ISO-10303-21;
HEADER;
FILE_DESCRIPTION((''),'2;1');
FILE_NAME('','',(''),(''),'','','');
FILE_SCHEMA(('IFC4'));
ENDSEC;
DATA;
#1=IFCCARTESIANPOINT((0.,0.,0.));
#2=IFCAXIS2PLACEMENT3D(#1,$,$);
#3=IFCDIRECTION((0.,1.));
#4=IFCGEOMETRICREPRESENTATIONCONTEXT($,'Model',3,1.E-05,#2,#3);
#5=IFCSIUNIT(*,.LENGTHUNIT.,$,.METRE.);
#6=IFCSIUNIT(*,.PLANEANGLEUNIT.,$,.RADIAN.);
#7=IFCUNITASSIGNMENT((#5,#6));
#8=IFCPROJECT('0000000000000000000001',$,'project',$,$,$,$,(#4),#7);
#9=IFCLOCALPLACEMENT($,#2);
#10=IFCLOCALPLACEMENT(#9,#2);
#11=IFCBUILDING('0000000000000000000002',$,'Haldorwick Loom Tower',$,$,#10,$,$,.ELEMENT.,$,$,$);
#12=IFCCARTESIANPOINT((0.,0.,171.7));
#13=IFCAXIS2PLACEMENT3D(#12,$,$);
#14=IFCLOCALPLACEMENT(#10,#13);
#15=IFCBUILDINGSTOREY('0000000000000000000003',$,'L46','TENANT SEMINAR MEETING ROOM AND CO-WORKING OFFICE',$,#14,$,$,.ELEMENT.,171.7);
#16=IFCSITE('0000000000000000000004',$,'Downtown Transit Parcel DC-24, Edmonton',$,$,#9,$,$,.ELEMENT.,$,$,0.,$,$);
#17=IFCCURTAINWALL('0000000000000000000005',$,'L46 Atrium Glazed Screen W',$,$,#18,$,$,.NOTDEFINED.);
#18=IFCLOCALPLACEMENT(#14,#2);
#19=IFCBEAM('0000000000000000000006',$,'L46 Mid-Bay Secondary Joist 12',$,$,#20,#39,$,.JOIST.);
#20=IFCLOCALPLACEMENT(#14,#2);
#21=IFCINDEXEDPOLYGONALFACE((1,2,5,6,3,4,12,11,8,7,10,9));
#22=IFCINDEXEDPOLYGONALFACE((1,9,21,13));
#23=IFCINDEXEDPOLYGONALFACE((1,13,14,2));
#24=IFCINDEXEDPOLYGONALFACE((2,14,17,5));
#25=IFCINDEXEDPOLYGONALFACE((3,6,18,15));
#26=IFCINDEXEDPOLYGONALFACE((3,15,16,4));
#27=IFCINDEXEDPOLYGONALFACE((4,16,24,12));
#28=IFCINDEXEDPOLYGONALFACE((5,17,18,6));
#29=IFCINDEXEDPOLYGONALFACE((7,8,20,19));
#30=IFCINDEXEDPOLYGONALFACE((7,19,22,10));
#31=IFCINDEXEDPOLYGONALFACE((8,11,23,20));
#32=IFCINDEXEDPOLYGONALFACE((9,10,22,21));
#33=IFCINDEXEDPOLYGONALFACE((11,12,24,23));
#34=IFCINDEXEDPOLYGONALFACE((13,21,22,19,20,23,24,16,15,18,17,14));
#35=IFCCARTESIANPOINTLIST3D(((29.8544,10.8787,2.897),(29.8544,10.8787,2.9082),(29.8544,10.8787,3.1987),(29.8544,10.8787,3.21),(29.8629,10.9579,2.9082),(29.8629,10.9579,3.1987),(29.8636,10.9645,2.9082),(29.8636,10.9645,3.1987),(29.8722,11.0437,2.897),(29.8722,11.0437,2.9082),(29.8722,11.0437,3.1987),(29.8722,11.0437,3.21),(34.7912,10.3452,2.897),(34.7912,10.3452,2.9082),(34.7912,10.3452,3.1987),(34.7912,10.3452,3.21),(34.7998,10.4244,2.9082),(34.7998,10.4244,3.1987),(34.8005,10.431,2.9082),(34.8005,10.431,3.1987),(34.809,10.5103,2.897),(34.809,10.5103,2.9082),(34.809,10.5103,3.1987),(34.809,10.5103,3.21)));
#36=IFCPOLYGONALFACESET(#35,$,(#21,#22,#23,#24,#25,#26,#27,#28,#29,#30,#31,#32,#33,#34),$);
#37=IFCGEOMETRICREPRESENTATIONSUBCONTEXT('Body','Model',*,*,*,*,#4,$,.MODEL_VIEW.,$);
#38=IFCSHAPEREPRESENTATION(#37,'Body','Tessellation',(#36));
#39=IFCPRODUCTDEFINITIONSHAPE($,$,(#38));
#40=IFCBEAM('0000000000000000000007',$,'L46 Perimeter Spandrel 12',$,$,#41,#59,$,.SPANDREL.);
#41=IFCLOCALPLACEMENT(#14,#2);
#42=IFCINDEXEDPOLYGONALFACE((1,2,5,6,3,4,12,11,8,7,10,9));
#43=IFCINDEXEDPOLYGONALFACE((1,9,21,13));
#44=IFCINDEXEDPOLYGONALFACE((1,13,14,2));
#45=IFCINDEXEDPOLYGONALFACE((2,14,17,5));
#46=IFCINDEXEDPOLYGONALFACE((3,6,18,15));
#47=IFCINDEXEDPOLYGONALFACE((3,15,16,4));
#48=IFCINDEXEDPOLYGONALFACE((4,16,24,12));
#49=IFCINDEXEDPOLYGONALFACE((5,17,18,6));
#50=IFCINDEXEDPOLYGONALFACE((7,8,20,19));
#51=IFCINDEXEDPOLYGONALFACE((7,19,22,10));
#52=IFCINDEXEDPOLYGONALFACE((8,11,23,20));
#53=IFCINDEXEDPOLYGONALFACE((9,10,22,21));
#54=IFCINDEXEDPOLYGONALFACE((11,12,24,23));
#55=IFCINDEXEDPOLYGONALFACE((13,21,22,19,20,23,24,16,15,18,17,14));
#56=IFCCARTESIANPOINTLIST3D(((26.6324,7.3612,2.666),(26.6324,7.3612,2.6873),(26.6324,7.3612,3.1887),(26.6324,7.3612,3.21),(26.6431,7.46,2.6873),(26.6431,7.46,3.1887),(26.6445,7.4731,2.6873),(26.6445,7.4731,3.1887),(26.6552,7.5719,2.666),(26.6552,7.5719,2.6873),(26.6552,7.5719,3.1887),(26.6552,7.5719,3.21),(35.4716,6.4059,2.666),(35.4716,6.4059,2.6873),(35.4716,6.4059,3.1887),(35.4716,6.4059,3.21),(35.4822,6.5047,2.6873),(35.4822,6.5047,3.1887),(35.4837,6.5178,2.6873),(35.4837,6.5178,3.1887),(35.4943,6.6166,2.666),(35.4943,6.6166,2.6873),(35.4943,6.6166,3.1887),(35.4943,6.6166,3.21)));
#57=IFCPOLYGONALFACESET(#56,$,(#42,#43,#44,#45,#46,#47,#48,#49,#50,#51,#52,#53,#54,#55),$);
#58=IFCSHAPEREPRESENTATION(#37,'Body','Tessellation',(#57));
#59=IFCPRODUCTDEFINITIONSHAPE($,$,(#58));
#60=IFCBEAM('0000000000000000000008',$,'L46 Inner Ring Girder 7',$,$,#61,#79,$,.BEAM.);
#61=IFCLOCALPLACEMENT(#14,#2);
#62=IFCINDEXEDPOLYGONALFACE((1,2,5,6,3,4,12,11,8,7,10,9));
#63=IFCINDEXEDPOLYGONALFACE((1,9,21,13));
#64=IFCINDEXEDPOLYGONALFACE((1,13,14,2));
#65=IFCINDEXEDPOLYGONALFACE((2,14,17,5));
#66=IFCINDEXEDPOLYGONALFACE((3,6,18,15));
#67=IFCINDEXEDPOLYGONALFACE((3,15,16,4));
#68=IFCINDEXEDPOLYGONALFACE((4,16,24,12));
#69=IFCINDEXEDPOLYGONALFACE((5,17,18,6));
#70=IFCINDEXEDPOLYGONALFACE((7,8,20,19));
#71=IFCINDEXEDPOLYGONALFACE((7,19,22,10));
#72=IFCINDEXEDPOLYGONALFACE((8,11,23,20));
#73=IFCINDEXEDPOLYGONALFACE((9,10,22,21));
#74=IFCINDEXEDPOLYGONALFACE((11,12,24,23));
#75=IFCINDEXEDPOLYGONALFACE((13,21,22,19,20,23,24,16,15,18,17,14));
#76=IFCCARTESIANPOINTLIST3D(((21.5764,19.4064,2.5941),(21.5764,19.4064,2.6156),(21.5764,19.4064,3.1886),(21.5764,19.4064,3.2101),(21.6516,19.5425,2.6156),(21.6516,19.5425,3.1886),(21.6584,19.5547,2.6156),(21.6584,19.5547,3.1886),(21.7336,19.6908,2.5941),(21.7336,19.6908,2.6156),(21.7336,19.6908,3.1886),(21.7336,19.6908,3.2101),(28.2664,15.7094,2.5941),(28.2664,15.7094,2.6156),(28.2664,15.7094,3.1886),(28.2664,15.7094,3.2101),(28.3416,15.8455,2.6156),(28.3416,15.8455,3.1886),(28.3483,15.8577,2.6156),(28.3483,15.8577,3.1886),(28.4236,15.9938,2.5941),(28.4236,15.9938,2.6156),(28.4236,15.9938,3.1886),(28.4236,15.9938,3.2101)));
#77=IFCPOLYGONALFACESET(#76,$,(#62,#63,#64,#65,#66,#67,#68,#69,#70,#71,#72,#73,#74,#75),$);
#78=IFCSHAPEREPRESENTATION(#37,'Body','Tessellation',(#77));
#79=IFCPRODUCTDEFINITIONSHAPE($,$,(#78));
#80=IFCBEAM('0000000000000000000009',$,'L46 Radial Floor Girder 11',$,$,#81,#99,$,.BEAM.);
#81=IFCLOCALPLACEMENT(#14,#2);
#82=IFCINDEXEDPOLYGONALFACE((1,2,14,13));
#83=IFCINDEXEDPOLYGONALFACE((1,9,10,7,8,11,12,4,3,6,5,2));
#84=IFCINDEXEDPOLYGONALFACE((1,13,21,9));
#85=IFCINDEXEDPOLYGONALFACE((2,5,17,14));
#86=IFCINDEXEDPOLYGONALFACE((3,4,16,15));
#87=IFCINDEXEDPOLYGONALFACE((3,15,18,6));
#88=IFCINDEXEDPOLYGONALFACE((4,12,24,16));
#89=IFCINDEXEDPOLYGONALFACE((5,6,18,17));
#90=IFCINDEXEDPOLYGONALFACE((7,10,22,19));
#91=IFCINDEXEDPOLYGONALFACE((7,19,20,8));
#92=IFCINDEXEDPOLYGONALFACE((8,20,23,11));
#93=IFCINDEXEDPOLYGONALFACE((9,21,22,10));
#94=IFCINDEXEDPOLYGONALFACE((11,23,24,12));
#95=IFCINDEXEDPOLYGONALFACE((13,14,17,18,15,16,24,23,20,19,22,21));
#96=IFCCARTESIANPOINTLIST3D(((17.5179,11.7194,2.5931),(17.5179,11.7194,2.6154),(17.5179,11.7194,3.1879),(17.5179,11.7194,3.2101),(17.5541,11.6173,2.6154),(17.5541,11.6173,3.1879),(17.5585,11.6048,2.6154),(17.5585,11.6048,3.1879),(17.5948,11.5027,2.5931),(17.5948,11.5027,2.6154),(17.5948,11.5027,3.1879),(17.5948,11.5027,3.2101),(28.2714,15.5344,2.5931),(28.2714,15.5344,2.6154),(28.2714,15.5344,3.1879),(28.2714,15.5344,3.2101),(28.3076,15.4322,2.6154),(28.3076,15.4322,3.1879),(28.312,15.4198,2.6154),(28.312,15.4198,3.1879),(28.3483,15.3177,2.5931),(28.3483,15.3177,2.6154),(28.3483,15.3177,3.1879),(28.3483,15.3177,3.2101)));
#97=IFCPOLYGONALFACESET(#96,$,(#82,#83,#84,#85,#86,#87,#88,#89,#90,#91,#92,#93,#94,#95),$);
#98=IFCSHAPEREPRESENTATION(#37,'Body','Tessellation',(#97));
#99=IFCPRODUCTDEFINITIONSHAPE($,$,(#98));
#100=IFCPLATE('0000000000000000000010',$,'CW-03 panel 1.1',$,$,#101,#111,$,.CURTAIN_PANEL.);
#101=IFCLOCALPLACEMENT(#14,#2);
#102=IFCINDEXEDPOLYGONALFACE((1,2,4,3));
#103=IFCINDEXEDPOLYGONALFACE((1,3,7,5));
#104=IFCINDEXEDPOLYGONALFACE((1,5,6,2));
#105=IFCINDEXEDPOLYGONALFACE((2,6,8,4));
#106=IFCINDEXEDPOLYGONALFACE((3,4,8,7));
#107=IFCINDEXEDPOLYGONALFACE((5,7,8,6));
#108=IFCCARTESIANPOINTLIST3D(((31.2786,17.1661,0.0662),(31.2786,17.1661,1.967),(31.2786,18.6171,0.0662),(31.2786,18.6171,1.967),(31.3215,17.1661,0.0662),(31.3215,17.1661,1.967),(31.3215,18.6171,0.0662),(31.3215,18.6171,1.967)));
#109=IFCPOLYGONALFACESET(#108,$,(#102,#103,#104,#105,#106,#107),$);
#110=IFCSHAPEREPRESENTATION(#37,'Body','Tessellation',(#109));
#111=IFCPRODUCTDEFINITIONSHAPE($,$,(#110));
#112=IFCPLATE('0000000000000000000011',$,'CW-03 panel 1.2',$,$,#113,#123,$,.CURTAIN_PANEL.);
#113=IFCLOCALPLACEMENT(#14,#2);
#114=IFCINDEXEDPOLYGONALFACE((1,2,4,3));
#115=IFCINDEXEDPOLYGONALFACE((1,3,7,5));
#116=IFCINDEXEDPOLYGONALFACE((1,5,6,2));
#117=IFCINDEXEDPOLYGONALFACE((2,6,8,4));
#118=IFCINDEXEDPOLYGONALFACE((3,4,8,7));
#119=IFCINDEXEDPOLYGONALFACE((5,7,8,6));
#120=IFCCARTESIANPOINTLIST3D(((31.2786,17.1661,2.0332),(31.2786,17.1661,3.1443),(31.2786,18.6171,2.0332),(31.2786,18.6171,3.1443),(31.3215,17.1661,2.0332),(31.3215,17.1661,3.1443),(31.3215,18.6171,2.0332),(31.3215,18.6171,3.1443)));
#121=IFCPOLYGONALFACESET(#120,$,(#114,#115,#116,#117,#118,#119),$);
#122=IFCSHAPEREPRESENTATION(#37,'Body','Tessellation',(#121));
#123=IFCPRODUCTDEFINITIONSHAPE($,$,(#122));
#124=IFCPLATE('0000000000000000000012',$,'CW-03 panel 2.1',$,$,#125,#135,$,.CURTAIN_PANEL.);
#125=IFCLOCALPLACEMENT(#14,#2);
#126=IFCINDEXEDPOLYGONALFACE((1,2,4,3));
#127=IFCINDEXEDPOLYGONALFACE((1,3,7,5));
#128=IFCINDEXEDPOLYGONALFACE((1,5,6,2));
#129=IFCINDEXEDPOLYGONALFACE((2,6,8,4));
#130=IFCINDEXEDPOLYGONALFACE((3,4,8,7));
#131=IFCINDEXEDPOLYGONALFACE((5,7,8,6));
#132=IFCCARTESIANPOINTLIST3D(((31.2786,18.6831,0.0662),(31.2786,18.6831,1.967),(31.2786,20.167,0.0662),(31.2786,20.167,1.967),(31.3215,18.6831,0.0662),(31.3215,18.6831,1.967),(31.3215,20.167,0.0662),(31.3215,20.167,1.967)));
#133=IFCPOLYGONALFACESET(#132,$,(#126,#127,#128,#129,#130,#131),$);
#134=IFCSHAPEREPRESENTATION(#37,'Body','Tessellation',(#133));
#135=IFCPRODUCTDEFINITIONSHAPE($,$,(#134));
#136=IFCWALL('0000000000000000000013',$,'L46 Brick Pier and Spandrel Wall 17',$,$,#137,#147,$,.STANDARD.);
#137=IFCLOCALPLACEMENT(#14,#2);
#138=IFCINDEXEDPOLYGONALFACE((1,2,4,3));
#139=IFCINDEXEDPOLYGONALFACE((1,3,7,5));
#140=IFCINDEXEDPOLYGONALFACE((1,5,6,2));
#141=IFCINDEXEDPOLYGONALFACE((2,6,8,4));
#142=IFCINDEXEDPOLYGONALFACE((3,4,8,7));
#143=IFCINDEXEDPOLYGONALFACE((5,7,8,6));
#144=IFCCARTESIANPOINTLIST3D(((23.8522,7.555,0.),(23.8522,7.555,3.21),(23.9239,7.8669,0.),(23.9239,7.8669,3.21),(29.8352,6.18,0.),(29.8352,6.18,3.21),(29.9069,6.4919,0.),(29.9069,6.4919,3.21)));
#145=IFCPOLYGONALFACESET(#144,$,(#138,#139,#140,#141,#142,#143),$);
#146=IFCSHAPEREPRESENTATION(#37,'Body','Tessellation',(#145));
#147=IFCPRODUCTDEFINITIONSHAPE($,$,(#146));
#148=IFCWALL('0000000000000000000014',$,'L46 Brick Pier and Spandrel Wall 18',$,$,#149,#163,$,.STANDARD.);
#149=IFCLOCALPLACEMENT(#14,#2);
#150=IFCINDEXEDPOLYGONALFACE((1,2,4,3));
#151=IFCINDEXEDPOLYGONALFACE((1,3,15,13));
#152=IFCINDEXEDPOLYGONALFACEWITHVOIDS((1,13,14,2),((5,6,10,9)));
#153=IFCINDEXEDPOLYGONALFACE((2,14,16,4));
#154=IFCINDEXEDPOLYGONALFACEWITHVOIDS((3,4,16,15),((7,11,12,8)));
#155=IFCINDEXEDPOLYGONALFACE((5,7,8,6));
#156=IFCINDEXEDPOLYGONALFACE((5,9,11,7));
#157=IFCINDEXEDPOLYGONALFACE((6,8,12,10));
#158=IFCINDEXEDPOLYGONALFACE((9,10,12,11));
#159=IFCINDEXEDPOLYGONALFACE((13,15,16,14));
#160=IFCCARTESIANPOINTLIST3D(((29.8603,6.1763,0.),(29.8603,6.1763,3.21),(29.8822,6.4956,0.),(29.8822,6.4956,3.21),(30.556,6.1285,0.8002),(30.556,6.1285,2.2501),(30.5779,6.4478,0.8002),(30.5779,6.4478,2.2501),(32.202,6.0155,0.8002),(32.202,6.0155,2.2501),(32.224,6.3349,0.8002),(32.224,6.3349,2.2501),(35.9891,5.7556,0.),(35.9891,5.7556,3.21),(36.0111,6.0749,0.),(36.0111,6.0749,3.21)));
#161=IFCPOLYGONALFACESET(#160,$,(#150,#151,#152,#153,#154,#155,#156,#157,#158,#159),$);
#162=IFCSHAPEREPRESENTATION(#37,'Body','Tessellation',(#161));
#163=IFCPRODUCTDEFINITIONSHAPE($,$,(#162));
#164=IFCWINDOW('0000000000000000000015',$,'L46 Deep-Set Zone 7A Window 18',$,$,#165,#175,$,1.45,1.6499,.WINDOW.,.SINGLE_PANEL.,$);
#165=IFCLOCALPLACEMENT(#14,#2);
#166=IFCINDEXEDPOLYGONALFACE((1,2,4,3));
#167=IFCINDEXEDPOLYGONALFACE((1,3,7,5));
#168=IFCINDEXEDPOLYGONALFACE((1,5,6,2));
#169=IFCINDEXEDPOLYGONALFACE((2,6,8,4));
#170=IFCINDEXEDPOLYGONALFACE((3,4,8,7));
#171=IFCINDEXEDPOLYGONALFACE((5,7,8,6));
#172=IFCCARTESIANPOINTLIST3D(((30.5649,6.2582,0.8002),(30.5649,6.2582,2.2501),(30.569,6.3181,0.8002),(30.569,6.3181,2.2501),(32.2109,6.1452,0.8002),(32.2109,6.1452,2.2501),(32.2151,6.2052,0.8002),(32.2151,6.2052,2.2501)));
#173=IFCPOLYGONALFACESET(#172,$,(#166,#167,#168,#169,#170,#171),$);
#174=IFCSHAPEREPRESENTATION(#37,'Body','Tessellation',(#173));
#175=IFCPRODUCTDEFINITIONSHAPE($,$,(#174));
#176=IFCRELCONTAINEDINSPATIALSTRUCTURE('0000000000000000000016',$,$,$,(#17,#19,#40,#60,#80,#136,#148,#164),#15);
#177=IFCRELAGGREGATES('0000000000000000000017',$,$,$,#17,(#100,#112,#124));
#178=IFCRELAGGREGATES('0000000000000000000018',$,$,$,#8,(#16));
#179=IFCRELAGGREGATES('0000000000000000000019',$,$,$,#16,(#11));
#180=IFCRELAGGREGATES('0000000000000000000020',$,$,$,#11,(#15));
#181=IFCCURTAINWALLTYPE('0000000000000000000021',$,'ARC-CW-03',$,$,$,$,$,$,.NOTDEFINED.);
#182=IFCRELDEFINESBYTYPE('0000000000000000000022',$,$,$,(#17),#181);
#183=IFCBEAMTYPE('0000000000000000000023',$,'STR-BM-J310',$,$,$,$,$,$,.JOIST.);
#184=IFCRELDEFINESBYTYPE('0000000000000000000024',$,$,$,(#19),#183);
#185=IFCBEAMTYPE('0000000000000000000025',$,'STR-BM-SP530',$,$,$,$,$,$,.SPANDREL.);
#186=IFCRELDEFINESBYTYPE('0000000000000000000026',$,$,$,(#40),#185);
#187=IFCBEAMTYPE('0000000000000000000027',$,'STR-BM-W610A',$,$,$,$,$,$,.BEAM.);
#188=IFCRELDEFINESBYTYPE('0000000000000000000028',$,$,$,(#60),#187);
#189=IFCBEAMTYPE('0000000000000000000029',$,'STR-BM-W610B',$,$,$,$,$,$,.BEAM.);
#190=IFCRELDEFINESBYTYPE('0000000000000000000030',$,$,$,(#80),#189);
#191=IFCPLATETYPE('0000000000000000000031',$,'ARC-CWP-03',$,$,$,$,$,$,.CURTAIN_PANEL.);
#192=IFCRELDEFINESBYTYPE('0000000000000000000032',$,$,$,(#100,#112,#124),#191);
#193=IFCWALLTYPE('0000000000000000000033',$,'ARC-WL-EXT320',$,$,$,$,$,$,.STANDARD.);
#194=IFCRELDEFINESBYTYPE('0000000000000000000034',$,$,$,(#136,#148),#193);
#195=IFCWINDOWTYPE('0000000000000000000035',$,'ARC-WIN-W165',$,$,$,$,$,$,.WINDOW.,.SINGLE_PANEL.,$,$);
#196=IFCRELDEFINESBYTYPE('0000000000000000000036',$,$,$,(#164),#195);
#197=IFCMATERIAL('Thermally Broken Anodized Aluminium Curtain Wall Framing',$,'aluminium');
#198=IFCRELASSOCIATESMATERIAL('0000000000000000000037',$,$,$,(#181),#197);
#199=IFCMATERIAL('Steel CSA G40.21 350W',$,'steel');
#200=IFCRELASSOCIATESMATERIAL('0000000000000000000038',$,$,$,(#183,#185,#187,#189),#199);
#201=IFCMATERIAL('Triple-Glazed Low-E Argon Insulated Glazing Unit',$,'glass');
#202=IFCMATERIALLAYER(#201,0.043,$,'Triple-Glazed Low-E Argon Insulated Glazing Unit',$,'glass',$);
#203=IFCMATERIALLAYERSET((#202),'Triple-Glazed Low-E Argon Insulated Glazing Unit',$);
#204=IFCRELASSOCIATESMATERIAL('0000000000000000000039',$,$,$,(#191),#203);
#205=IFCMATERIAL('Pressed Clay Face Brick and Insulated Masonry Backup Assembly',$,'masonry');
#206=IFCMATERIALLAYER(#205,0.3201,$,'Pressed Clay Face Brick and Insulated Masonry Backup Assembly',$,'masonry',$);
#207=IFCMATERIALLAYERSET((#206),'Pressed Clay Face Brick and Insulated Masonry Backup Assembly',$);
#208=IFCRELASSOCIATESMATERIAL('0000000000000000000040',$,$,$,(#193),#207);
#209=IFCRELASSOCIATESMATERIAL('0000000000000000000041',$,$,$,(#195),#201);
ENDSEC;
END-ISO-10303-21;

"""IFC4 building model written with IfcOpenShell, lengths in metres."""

from ifc_helpers import new_model, si_unit, direction, frame, frame_2d, origin, origin_2d, place, context, subcontext, project, spatial, rectangle, i_section, extrude, material, layer, layer_set, material_profile, profile_set, type_object, element, fill, aggregate, save


model = new_model("IFC4")

# Units and contexts
model_context = context("Model", 3, precision=1e-05, world=origin(), true_north=direction((0.0, 1.0)))
body_context = subcontext(model_context, "Body", "Model", "MODEL_VIEW")
ifc_project = project(units=[si_unit("LENGTHUNIT", "METRE"), si_unit("PLANEANGLEUNIT", "RADIAN")], contexts=[model_context])

# Site, building, storey
site_placement = place(None, origin())
site = spatial("IfcSite", under=ifc_project, at=site_placement, Name="Downtown Transit Parcel DC-24, Edmonton", CompositionType="ELEMENT", RefElevation=0.0)
building_placement = place(site_placement, origin())
building = spatial("IfcBuilding", under=site, at=building_placement, Name="Haldorwick Loom Tower", CompositionType="ELEMENT")
storey_placement = place(building_placement, frame((0.0, 0.0, 171.7)))
storey = spatial("IfcBuildingStorey", under=building, at=storey_placement, Name="L46", Description="TENANT SEMINAR MEETING ROOM AND CO-WORKING OFFICE", CompositionType="ELEMENT", Elevation=171.7)

# Curtain wall
ifc_material_1 = material(Name="Thermally Broken Anodized Aluminium Curtain Wall Framing", Category="aluminium")
curtain_wall_type = type_object("IfcCurtainWallType", Name="ARC-CW-03", PredefinedType="NOTDEFINED", material=ifc_material_1)
curtain_wall_placement = place(storey_placement, origin())
curtain_wall = element("IfcCurtainWall", 1, at=curtain_wall_placement, inside=storey, type_object=curtain_wall_type, Name="L46 Atrium Glazed Screen W", PredefinedType="NOTDEFINED")

# Beams
ifc_material_2 = material(Name="Steel CSA G40.21 350W", Category="steel")
ifc_material_profile_1 = material_profile(ifc_material_2, i_section(OverallWidth=0.166, OverallDepth=0.313, WebThickness=0.0066, FlangeThickness=0.0112, at=origin_2d()), Name="W310X45", Category="steel")
ifc_profile_set_1 = profile_set([ifc_material_profile_1], Name="Steel CSA G40.21 350W")
beam_type_1 = type_object("IfcBeamType", Name="STR-BM-J310", PredefinedType="JOIST", material=ifc_profile_set_1)
beam_1_placement = place(storey_placement, frame((29.8633, 10.9612, 3.0535), z_axis=(0.994213, -0.107431, 0.0), x_axis=(0.107431, 0.994213, 0.0)))
element("IfcBeam", 2, at=beam_1_placement, inside=storey, type_object=beam_type_1, Name="L46 Mid-Bay Secondary Joist 12", PredefinedType="JOIST", context=body_context, shape_type="SweptSolid", body=[
    extrude(i_section(OverallWidth=0.166, OverallDepth=0.313, WebThickness=0.0066, FlangeThickness=0.0112, at=origin_2d()), origin(), (0.0, 0.0, 1.0), 4.9656),
])
ifc_material_profile_2 = material_profile(ifc_material_2, i_section(OverallWidth=0.2119, OverallDepth=0.5439, WebThickness=0.0132, FlangeThickness=0.0212, at=origin_2d()), Name="W530X123", Category="steel")
ifc_profile_set_2 = profile_set([ifc_material_profile_2], Name="Steel CSA G40.21 350W")
beam_type_2 = type_object("IfcBeamType", Name="STR-BM-SP530", PredefinedType="SPANDREL", material=ifc_profile_set_2)
beam_2_placement = place(storey_placement, frame((26.6438, 7.4666, 2.938), z_axis=(0.99421, -0.107453, 0.0), x_axis=(0.107453, 0.99421, 0.0)))
element("IfcBeam", 3, at=beam_2_placement, inside=storey, type_object=beam_type_2, Name="L46 Perimeter Spandrel 12", PredefinedType="SPANDREL", context=body_context, shape_type="SweptSolid", body=[
    extrude(i_section(OverallWidth=0.2119, OverallDepth=0.5439, WebThickness=0.0132, FlangeThickness=0.0212, at=origin_2d()), origin(), (0.0, 0.0, 1.0), 8.8906),
])
ifc_material_profile_3 = material_profile(ifc_material_2, i_section(OverallWidth=0.325, OverallDepth=0.616, WebThickness=0.0139, FlangeThickness=0.0215, at=origin_2d()), Name="W610X174", Category="steel")
ifc_profile_set_3 = profile_set([ifc_material_profile_3], Name="Steel CSA G40.21 350W")
beam_type_3 = type_object("IfcBeamType", Name="STR-BM-W610A", PredefinedType="BEAM", material=ifc_profile_set_3)
beam_3_placement = place(storey_placement, frame((28.345, 15.8516, 2.9021), z_axis=(-0.875244, 0.483681, 0.0), x_axis=(-0.483681, -0.875244, 0.0)))
element("IfcBeam", 4, at=beam_3_placement, inside=storey, type_object=beam_type_3, Name="L46 Inner Ring Girder 7", PredefinedType="BEAM", context=body_context, shape_type="SweptSolid", body=[
    extrude(i_section(OverallWidth=0.325, OverallDepth=0.616, WebThickness=0.0139, FlangeThickness=0.0215, at=origin_2d()), origin(), (0.0, 0.0, 1.0), 7.6436),
])
ifc_material_profile_4 = material_profile(ifc_material_2, i_section(OverallWidth=0.23, OverallDepth=0.6169, WebThickness=0.0132, FlangeThickness=0.0222, at=origin_2d()), Name="W610X140", Category="steel")
ifc_profile_set_4 = profile_set([ifc_material_profile_4], Name="Steel CSA G40.21 350W")
beam_type_4 = type_object("IfcBeamType", Name="STR-BM-W610B", PredefinedType="BEAM", material=ifc_profile_set_4)
beam_4_placement = place(storey_placement, frame((28.3098, 15.426, 2.9016), z_axis=(-0.942449, -0.334349, 0.0), x_axis=(0.334349, -0.942449, 0.0)))
element("IfcBeam", 5, at=beam_4_placement, inside=storey, type_object=beam_type_4, Name="L46 Radial Floor Girder 11", PredefinedType="BEAM", context=body_context, shape_type="SweptSolid", body=[
    extrude(i_section(OverallWidth=0.23, OverallDepth=0.6169, WebThickness=0.0132, FlangeThickness=0.0222, at=origin_2d()), origin(), (0.0, 0.0, 1.0), 11.4102),
])

# Plates
ifc_material_3 = material(Name="Triple-Glazed Low-E Argon Insulated Glazing Unit", Category="glass")
ifc_layer_1 = layer(ifc_material_3, 0.043, Name="Triple-Glazed Low-E Argon Insulated Glazing Unit", Category="glass")
ifc_layer_set_1 = layer_set([ifc_layer_1], Name="Triple-Glazed Low-E Argon Insulated Glazing Unit")
plate_type = type_object("IfcPlateType", Name="ARC-CWP-03", PredefinedType="CURTAIN_PANEL", material=ifc_layer_set_1)
plate_1_placement = place(storey_placement, frame((31.3, 17.8916, 0.0662), z_axis=(0.0, 0.0, 1.0), x_axis=(0.0, 1.0, 0.0)))
plate_1 = element("IfcPlate", 6, at=plate_1_placement, type_object=plate_type, Name="CW-03 panel 1.1", PredefinedType="CURTAIN_PANEL", context=body_context, shape_type="SweptSolid", body=[
    extrude(rectangle(XDim=1.4509, YDim=0.043, at=origin_2d()), origin(), (0.0, 0.0, 1.0), 1.9009),
])
plate_2_placement = place(storey_placement, frame((31.3, 17.8916, 2.0332), z_axis=(0.0, 0.0, 1.0), x_axis=(0.0, 1.0, 0.0)))
plate_2 = element("IfcPlate", 7, at=plate_2_placement, type_object=plate_type, Name="CW-03 panel 1.2", PredefinedType="CURTAIN_PANEL", context=body_context, shape_type="SweptSolid", body=[
    extrude(rectangle(XDim=1.4509, YDim=0.043, at=origin_2d()), origin(), (0.0, 0.0, 1.0), 1.1111),
])
plate_3_placement = place(storey_placement, frame((31.3, 19.425, 0.0662), z_axis=(0.0, 0.0, 1.0), x_axis=(0.0, 1.0, 0.0)))
plate_3 = element("IfcPlate", 8, at=plate_3_placement, type_object=plate_type, Name="CW-03 panel 2.1", PredefinedType="CURTAIN_PANEL", context=body_context, shape_type="SweptSolid", body=[
    extrude(rectangle(XDim=1.4839, YDim=0.043, at=origin_2d()), origin(), (0.0, 0.0, 1.0), 1.9009),
])
aggregate(curtain_wall, [plate_1, plate_2, plate_3])

# Wall
ifc_material_4 = material(Name="Pressed Clay Face Brick and Insulated Masonry Backup Assembly", Category="masonry")
ifc_layer_2 = layer(ifc_material_4, 0.3201, Name="Pressed Clay Face Brick and Insulated Masonry Backup Assembly", Category="masonry")
ifc_layer_set_2 = layer_set([ifc_layer_2], Name="Pressed Clay Face Brick and Insulated Masonry Backup Assembly")
wall_type_1 = type_object("IfcWallType", Name="ARC-WL-EXT320", PredefinedType="STANDARD", material=ifc_layer_set_2)
wall_1_placement = place(storey_placement, frame((23.8882, 7.7109, 0.0), z_axis=(0.0, 0.0, 1.0), x_axis=(0.974593, -0.223982, 0.0)))
element("IfcWall", 9, at=wall_1_placement, inside=storey, type_object=wall_type_1, Name="L46 Brick Pier and Spandrel Wall 17", PredefinedType="STANDARD", context=body_context, shape_type="SweptSolid", body=[
    extrude(rectangle(XDim=6.1389, YDim=0.3201, at=frame_2d((3.0693, 0.0))), origin(), (0.0, 0.0, 1.0), 3.21),
])

# Wall, opening, window
wall_2_placement = place(storey_placement, frame((29.8711, 6.3359, 0.0), z_axis=(0.0, 0.0, 1.0), x_axis=(0.997653, -0.068473, 0.0)))
wall_2 = element("IfcWall", 10, at=wall_2_placement, inside=storey, type_object=wall_type_1, Name="L46 Brick Pier and Spandrel Wall 18", PredefinedType="STANDARD", context=body_context, shape_type="SweptSolid", body=[
    extrude(rectangle(XDim=6.1433, YDim=0.3201, at=frame_2d((3.0718, 0.0))), origin(), (0.0, 0.0, 1.0), 3.21),
])
opening_placement = place(wall_2_placement, frame((0.6975, 0.0, 0.8)))
opening = element("IfcOpeningElement", 11, at=opening_placement, cuts=wall_2, PredefinedType="OPENING", context=body_context, shape_type="SweptSolid", body=[
    extrude(rectangle(XDim=1.6499, YDim=1.45, at=frame_2d((0.825, 0.7251))), frame((0.0, 0.1699, 0.0), z_axis=(0.0, -1.0, 0.0), x_axis=(1.0, 0.0, 0.0)), (0.0, 0.0, 1.0), 0.3401),
])
window_type = type_object("IfcWindowType", Name="ARC-WIN-W165", PartitioningType="SINGLE_PANEL", PredefinedType="WINDOW", material=ifc_material_3)
window_placement = place(opening_placement, origin())
window = element("IfcWindow", 12, at=window_placement, inside=storey, type_object=window_type, Name="L46 Deep-Set Zone 7A Window 18", OverallHeight=1.45, OverallWidth=1.6499, PartitioningType="SINGLE_PANEL", PredefinedType="WINDOW", context=body_context, shape_type="SweptSolid", body=[
    extrude(rectangle(XDim=1.6499, YDim=1.45, at=frame_2d((0.825, 0.7251))), frame((0.0, 0.03, 0.0), z_axis=(0.0, -1.0, 0.0), x_axis=(1.0, 0.0, 0.0)), (0.0, 0.0, 1.0), 0.0601),
])
fill(opening, window)

save(model, "model.ifc")
